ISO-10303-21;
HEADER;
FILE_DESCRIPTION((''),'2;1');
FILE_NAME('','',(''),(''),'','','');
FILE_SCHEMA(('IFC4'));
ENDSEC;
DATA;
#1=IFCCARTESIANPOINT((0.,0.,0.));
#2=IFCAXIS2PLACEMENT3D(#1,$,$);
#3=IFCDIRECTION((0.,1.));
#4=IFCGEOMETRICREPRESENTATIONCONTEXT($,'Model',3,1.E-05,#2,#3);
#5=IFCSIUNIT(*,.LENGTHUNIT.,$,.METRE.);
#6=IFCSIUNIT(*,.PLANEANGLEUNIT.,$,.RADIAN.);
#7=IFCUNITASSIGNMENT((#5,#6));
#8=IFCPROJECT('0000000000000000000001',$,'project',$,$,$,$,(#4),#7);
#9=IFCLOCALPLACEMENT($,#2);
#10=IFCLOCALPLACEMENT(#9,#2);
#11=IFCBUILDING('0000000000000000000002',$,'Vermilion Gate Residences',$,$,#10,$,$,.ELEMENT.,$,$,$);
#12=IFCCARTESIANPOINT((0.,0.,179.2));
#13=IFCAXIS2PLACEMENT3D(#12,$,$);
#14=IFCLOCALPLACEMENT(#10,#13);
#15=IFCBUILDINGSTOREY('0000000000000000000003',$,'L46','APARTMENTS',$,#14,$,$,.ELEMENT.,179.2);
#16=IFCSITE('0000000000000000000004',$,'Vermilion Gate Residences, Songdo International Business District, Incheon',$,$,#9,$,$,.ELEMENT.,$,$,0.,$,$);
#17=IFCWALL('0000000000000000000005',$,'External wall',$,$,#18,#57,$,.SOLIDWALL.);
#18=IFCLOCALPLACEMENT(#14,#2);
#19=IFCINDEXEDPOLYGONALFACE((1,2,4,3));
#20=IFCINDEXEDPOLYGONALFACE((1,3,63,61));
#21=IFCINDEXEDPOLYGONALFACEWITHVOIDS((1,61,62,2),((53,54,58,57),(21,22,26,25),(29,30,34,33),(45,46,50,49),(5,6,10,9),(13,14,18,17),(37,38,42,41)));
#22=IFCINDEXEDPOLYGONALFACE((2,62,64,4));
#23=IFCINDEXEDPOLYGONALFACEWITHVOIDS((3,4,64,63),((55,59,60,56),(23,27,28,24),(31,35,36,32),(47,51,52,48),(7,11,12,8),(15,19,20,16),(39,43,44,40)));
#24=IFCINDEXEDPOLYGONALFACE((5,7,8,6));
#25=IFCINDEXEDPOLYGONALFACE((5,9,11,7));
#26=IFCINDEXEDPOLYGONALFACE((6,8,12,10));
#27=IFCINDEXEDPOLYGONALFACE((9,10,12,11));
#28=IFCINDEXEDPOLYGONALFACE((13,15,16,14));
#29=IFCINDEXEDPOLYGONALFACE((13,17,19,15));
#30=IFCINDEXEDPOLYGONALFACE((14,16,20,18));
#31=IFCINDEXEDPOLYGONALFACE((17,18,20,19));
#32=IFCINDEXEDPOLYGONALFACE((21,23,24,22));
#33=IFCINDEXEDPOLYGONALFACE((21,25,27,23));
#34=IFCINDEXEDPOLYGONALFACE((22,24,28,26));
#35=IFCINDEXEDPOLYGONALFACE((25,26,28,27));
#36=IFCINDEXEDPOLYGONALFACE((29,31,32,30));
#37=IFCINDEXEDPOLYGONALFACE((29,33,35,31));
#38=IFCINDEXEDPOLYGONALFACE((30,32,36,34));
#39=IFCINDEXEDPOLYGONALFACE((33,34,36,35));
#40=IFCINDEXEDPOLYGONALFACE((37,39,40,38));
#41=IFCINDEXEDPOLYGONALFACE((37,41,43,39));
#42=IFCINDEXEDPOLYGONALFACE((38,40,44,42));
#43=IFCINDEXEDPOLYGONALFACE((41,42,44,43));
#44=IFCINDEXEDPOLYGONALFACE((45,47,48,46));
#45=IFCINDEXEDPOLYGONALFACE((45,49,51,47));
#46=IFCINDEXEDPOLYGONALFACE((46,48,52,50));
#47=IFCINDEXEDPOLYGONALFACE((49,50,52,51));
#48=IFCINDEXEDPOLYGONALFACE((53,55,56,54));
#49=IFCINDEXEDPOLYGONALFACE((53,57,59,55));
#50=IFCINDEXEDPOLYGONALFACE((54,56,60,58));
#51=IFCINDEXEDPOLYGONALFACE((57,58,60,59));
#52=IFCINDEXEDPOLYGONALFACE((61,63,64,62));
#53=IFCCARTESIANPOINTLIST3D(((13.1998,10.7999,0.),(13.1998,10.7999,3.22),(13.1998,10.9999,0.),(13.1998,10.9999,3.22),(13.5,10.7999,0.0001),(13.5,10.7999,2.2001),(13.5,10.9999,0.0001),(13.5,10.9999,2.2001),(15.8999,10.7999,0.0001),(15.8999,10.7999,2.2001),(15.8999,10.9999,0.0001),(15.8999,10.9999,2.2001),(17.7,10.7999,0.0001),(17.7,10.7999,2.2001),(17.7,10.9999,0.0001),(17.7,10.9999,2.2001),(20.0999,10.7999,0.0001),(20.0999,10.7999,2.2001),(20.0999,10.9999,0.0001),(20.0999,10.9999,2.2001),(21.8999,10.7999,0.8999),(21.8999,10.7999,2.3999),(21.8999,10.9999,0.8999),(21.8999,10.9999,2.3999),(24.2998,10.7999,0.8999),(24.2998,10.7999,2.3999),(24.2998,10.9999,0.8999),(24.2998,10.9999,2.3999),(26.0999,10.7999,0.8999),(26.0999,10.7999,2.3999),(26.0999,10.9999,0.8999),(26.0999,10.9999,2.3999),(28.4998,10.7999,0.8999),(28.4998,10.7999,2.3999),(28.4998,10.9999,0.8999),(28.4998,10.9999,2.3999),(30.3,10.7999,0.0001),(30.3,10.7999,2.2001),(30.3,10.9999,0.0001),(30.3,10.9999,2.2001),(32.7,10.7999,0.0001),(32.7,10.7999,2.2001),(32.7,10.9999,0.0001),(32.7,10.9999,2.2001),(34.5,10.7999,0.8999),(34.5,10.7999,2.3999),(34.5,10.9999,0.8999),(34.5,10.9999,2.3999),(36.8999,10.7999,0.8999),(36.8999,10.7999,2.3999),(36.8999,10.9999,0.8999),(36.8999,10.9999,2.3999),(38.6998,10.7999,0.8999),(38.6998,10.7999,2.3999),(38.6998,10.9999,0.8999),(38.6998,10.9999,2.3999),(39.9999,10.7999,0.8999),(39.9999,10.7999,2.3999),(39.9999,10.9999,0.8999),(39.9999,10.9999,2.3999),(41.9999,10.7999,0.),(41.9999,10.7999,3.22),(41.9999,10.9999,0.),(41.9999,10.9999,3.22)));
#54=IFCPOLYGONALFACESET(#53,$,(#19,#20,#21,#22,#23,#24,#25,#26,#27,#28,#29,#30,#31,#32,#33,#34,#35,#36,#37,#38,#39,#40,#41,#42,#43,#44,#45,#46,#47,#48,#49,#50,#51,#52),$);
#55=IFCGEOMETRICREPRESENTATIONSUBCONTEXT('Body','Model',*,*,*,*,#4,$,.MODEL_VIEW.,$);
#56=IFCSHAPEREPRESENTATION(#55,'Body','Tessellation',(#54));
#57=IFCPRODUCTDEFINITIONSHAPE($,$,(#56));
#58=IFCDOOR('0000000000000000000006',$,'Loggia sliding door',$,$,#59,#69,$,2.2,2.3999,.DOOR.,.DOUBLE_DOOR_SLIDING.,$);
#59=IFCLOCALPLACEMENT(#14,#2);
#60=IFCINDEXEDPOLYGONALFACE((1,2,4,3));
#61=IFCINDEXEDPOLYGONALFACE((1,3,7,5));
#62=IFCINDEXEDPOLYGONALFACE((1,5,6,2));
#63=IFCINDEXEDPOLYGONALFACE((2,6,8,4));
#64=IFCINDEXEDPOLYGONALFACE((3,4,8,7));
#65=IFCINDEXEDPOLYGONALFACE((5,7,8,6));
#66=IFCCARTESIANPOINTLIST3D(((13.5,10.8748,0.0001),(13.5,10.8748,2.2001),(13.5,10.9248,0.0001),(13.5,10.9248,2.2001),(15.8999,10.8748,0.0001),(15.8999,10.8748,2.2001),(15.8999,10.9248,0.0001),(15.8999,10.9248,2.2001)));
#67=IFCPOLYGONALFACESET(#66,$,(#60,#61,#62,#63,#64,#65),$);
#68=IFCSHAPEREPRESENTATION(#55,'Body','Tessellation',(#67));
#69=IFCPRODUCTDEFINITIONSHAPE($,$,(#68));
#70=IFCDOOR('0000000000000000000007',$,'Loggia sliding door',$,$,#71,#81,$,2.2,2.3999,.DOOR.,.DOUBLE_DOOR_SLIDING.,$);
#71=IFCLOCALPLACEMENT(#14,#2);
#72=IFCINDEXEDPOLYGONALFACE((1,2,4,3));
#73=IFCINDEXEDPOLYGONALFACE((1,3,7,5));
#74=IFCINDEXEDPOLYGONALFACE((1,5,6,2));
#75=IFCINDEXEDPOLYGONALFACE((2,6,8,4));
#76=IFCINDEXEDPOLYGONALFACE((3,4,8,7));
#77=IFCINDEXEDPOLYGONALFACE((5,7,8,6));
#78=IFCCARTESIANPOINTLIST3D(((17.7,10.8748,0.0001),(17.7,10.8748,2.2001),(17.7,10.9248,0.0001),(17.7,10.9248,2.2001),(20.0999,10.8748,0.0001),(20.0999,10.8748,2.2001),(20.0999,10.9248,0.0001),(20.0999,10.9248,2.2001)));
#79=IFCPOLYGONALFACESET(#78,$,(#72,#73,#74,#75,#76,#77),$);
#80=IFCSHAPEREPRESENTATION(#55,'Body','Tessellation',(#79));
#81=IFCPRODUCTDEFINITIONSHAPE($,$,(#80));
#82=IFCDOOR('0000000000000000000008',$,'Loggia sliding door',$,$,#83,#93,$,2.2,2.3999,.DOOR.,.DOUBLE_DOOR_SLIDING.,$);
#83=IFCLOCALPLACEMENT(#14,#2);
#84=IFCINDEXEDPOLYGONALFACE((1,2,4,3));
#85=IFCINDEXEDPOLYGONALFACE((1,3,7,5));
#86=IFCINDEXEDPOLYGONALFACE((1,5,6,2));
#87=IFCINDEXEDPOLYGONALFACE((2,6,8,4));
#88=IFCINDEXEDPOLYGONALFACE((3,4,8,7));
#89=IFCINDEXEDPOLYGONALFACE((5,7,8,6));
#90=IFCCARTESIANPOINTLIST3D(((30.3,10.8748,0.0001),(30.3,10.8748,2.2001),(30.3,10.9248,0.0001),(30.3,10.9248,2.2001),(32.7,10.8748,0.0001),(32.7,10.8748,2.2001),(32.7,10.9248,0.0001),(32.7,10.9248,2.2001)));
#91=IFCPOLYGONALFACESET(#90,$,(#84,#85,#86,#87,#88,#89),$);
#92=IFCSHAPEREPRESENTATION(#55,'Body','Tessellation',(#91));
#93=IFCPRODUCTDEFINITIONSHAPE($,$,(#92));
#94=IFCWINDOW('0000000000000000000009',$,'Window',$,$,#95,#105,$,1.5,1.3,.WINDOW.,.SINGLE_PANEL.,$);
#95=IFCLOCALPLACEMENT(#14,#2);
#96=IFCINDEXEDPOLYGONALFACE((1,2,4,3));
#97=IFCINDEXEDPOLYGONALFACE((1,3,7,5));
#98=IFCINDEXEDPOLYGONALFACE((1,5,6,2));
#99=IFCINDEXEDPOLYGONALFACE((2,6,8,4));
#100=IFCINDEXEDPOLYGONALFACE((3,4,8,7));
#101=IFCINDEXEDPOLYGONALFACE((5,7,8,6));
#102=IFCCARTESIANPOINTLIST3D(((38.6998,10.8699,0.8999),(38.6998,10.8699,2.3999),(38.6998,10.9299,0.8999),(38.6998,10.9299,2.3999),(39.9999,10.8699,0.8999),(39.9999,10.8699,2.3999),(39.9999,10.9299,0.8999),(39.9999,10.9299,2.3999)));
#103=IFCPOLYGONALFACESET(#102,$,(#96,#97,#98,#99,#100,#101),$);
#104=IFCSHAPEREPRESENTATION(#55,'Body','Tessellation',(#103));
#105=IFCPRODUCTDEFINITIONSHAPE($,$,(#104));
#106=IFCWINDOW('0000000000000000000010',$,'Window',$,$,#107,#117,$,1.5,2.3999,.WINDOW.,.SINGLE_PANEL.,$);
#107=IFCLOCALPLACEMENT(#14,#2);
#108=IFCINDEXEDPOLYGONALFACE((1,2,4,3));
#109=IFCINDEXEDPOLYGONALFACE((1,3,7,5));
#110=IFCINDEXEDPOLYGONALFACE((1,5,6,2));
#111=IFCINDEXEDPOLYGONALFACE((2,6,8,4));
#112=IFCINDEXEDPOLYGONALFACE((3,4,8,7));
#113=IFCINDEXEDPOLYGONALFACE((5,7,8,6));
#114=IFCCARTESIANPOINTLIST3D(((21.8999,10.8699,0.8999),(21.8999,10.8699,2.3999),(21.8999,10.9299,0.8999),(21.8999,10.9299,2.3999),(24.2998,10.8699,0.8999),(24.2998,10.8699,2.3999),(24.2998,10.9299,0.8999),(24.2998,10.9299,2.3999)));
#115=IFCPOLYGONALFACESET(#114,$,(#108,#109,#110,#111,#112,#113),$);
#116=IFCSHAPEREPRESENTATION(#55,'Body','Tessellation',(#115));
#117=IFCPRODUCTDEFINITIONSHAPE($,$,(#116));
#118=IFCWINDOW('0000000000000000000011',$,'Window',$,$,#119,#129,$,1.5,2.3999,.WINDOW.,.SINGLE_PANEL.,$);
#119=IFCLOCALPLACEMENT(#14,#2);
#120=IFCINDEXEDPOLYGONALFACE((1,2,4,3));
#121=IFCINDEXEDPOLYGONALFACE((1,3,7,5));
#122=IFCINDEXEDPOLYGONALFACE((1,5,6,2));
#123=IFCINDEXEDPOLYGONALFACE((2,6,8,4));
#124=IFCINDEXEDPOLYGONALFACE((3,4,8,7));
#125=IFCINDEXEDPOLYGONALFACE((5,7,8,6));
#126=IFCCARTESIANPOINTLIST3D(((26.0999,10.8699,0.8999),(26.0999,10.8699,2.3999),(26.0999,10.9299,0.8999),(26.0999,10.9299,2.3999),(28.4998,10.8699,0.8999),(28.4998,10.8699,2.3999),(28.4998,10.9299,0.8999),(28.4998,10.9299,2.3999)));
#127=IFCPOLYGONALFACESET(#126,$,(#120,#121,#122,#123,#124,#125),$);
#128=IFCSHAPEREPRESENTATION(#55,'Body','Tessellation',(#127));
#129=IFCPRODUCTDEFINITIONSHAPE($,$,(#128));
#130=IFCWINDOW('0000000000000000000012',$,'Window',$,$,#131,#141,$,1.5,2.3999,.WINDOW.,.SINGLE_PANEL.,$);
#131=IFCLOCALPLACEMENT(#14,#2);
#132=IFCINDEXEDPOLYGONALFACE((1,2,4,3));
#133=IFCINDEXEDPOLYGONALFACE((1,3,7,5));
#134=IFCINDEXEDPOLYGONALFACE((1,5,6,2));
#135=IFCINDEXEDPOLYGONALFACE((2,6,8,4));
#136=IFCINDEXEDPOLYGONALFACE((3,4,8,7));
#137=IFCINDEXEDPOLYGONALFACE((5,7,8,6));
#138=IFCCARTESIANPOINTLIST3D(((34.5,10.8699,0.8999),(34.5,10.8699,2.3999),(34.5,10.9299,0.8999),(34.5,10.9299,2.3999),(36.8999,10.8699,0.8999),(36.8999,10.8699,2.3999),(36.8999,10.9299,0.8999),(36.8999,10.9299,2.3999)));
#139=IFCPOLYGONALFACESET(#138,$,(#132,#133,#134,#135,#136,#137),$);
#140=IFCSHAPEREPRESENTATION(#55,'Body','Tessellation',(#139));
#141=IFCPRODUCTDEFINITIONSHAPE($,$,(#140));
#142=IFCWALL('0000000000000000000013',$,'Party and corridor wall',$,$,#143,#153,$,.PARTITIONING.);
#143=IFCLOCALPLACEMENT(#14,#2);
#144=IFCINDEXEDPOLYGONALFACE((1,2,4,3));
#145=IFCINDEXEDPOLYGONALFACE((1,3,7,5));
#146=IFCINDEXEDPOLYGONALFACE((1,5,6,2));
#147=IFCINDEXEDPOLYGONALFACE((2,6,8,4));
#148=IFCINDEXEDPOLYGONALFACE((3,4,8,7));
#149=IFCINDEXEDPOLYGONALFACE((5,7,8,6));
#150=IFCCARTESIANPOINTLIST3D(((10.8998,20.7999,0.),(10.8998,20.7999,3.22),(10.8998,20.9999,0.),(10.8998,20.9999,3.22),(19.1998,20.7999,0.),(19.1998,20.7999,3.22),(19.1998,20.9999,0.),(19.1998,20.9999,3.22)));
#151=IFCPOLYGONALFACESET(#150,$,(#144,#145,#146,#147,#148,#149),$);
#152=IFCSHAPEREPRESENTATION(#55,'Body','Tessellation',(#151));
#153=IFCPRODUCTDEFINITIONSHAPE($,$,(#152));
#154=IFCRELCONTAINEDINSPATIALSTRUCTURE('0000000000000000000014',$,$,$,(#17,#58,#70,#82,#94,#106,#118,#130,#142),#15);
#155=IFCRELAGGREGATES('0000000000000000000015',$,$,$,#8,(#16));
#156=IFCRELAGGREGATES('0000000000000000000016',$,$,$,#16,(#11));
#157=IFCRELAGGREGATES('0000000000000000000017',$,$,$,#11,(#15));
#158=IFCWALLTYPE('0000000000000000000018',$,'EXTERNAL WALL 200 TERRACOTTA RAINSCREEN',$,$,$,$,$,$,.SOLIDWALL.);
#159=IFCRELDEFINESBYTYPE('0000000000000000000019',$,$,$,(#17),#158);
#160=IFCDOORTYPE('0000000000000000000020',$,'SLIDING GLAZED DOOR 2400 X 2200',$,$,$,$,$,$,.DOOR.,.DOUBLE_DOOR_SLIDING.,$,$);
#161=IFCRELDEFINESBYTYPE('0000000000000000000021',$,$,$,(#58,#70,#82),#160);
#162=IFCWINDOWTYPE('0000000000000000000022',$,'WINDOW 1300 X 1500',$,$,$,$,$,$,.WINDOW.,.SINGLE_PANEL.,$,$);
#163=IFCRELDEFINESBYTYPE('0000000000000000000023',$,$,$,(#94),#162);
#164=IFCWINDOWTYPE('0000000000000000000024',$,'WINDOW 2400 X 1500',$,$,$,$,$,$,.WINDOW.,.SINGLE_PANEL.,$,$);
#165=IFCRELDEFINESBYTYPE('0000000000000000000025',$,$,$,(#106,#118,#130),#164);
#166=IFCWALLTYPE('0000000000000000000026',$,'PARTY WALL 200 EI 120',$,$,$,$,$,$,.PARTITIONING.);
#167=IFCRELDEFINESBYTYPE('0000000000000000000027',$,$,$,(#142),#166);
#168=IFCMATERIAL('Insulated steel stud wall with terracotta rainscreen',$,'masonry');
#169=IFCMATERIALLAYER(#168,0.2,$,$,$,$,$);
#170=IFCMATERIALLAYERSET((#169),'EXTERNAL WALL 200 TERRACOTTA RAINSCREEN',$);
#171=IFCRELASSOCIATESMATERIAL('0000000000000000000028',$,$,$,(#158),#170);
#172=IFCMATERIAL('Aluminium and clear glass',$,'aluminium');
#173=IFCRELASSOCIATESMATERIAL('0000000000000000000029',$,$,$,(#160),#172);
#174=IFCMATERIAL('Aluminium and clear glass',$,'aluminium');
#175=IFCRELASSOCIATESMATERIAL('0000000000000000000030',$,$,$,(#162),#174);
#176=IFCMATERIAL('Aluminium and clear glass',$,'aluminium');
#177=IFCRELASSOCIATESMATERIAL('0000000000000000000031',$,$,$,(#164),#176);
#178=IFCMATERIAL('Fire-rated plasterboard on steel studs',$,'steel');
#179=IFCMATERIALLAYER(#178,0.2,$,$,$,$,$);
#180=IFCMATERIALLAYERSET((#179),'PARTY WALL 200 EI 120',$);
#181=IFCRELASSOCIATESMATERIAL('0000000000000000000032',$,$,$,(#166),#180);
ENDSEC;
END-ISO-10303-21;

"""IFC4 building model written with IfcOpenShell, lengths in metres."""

from ifc_helpers import new_model, si_unit, direction, frame, frame_2d, origin, place, context, subcontext, project, spatial, rectangle, extrude, material, layer, layer_set, type_object, element, fill, save


model = new_model("IFC4")

# Units and contexts
model_context = context("Model", 3, precision=1e-05, world=origin(), true_north=direction((0.0, 1.0)))
body_context = subcontext(model_context, "Body", "Model", "MODEL_VIEW")
ifc_project = project(units=[si_unit("LENGTHUNIT", "METRE"), si_unit("PLANEANGLEUNIT", "RADIAN")], contexts=[model_context])

# Site, building, storey
site_placement = place(None, origin())
site = spatial("IfcSite", under=ifc_project, at=site_placement, Name="Vermilion Gate Residences, Songdo International Business District, Incheon", CompositionType="ELEMENT", RefElevation=0.0)
building_placement = place(site_placement, origin())
building = spatial("IfcBuilding", under=site, at=building_placement, Name="Vermilion Gate Residences", CompositionType="ELEMENT")
storey_placement = place(building_placement, frame((0.0, 0.0, 179.2)))
storey = spatial("IfcBuildingStorey", under=building, at=storey_placement, Name="L46", Description="APARTMENTS", CompositionType="ELEMENT", Elevation=179.2)

# Shared definitions
ifc_material_1 = material(Name="Insulated steel stud wall with terracotta rainscreen", Category="masonry")
ifc_layer_1 = layer(ifc_material_1, 0.2)
ifc_layer_set_1 = layer_set([ifc_layer_1], Name="EXTERNAL WALL 200 TERRACOTTA RAINSCREEN")
wall_type_1 = type_object("IfcWallType", Name="EXTERNAL WALL 200 TERRACOTTA RAINSCREEN", PredefinedType="SOLIDWALL", material=ifc_layer_set_1)

# Wall, openings, doors, windows
wall_1_placement = place(storey_placement, frame((13.2, 10.8999, 0.0), z_axis=(0.0, 0.0, 1.0), x_axis=(1.0, 0.0, 0.0)))
wall_1 = element("IfcWall", 1, at=wall_1_placement, inside=storey, type_object=wall_type_1, Name="External wall", PredefinedType="SOLIDWALL", context=body_context, shape_type="SweptSolid", body=[
    extrude(rectangle(XDim=28.8, YDim=0.2, at=frame_2d((14.3999, 0.0))), origin(), (0.0, 0.0, 1.0), 3.22),
])
opening_1_placement = place(wall_1_placement, frame((0.3, 0.0, 0.0)))
opening_1 = element("IfcOpeningElement", 2, at=opening_1_placement, cuts=wall_1, PredefinedType="OPENING", context=body_context, shape_type="SweptSolid", body=[
    extrude(rectangle(XDim=2.3999, YDim=2.2, at=frame_2d((1.2, 1.1001))), frame((0.0, 0.1099, 0.0), z_axis=(0.0, -1.0, 0.0), x_axis=(1.0, 0.0, 0.0)), (0.0, 0.0, 1.0), 0.22),
])
opening_2_placement = place(wall_1_placement, frame((4.5, 0.0, 0.0)))
opening_2 = element("IfcOpeningElement", 3, at=opening_2_placement, cuts=wall_1, PredefinedType="OPENING", context=body_context, shape_type="SweptSolid", body=[
    extrude(rectangle(XDim=2.3999, YDim=2.2, at=frame_2d((1.2, 1.1001))), frame((0.0, 0.1099, 0.0), z_axis=(0.0, -1.0, 0.0), x_axis=(1.0, 0.0, 0.0)), (0.0, 0.0, 1.0), 0.22),
])
opening_3_placement = place(wall_1_placement, frame((8.7, 0.0, 0.8999)))
opening_3 = element("IfcOpeningElement", 4, at=opening_3_placement, cuts=wall_1, PredefinedType="OPENING", context=body_context, shape_type="SweptSolid", body=[
    extrude(rectangle(XDim=2.3999, YDim=1.5, at=frame_2d((1.2, 0.75))), frame((0.0, 0.1099, 0.0), z_axis=(0.0, -1.0, 0.0), x_axis=(1.0, 0.0, 0.0)), (0.0, 0.0, 1.0), 0.22),
])
opening_4_placement = place(wall_1_placement, frame((12.8999, 0.0, 0.8999)))
opening_4 = element("IfcOpeningElement", 5, at=opening_4_placement, cuts=wall_1, PredefinedType="OPENING", context=body_context, shape_type="SweptSolid", body=[
    extrude(rectangle(XDim=2.3999, YDim=1.5, at=frame_2d((1.2, 0.75))), frame((0.0, 0.1099, 0.0), z_axis=(0.0, -1.0, 0.0), x_axis=(1.0, 0.0, 0.0)), (0.0, 0.0, 1.0), 0.22),
])
opening_5_placement = place(wall_1_placement, frame((17.1001, 0.0, 0.0)))
opening_5 = element("IfcOpeningElement", 6, at=opening_5_placement, cuts=wall_1, PredefinedType="OPENING", context=body_context, shape_type="SweptSolid", body=[
    extrude(rectangle(XDim=2.3999, YDim=2.2, at=frame_2d((1.2, 1.1001))), frame((0.0, 0.1099, 0.0), z_axis=(0.0, -1.0, 0.0), x_axis=(1.0, 0.0, 0.0)), (0.0, 0.0, 1.0), 0.22),
])
opening_6_placement = place(wall_1_placement, frame((21.3, 0.0, 0.8999)))
opening_6 = element("IfcOpeningElement", 7, at=opening_6_placement, cuts=wall_1, PredefinedType="OPENING", context=body_context, shape_type="SweptSolid", body=[
    extrude(rectangle(XDim=2.3999, YDim=1.5, at=frame_2d((1.2, 0.75))), frame((0.0, 0.1099, 0.0), z_axis=(0.0, -1.0, 0.0), x_axis=(1.0, 0.0, 0.0)), (0.0, 0.0, 1.0), 0.22),
])
opening_7_placement = place(wall_1_placement, frame((25.5, 0.0, 0.8999)))
opening_7 = element("IfcOpeningElement", 8, at=opening_7_placement, cuts=wall_1, PredefinedType="OPENING", context=body_context, shape_type="SweptSolid", body=[
    extrude(rectangle(XDim=1.3, YDim=1.5, at=frame_2d((0.6499, 0.75))), frame((0.0, 0.1099, 0.0), z_axis=(0.0, -1.0, 0.0), x_axis=(1.0, 0.0, 0.0)), (0.0, 0.0, 1.0), 0.22),
])
ifc_material_2 = material(Name="Aluminium and clear glass", Category="aluminium")
door_type = type_object("IfcDoorType", Name="SLIDING GLAZED DOOR 2400 X 2200", OperationType="DOUBLE_DOOR_SLIDING", PredefinedType="DOOR", material=ifc_material_2)
door_1_placement = place(opening_1_placement, origin())
door_1 = element("IfcDoor", 9, at=door_1_placement, inside=storey, type_object=door_type, Name="Loggia sliding door", OperationType="DOUBLE_DOOR_SLIDING", OverallHeight=2.2, OverallWidth=2.3999, PredefinedType="DOOR", context=body_context, shape_type="SweptSolid", body=[
    extrude(rectangle(XDim=2.3999, YDim=2.2, at=frame_2d((1.2, 1.1001))), frame((0.0, 0.0249, 0.0), z_axis=(0.0, -1.0, 0.0), x_axis=(1.0, 0.0, 0.0)), (0.0, 0.0, 1.0), 0.05),
])
fill(opening_1, door_1)
door_2_placement = place(opening_2_placement, origin())
door_2 = element("IfcDoor", 10, at=door_2_placement, inside=storey, type_object=door_type, Name="Loggia sliding door", OperationType="DOUBLE_DOOR_SLIDING", OverallHeight=2.2, OverallWidth=2.3999, PredefinedType="DOOR", context=body_context, shape_type="SweptSolid", body=[
    extrude(rectangle(XDim=2.3999, YDim=2.2, at=frame_2d((1.2, 1.1001))), frame((0.0, 0.0249, 0.0), z_axis=(0.0, -1.0, 0.0), x_axis=(1.0, 0.0, 0.0)), (0.0, 0.0, 1.0), 0.05),
])
fill(opening_2, door_2)
door_3_placement = place(opening_5_placement, origin())
door_3 = element("IfcDoor", 11, at=door_3_placement, inside=storey, type_object=door_type, Name="Loggia sliding door", OperationType="DOUBLE_DOOR_SLIDING", OverallHeight=2.2, OverallWidth=2.3999, PredefinedType="DOOR", context=body_context, shape_type="SweptSolid", body=[
    extrude(rectangle(XDim=2.3999, YDim=2.2, at=frame_2d((1.2, 1.1001))), frame((0.0, 0.0249, 0.0), z_axis=(0.0, -1.0, 0.0), x_axis=(1.0, 0.0, 0.0)), (0.0, 0.0, 1.0), 0.05),
])
fill(opening_5, door_3)
ifc_material_3 = material(Name="Aluminium and clear glass", Category="aluminium")
window_type_1 = type_object("IfcWindowType", Name="WINDOW 1300 X 1500", PartitioningType="SINGLE_PANEL", PredefinedType="WINDOW", material=ifc_material_3)
window_1_placement = place(opening_7_placement, origin())
window_1 = element("IfcWindow", 12, at=window_1_placement, inside=storey, type_object=window_type_1, Name="Window", OverallHeight=1.5, OverallWidth=1.3, PartitioningType="SINGLE_PANEL", PredefinedType="WINDOW", context=body_context, shape_type="SweptSolid", body=[
    extrude(rectangle(XDim=1.3, YDim=1.5, at=frame_2d((0.6499, 0.75))), frame((0.0, 0.03, 0.0), z_axis=(0.0, -1.0, 0.0), x_axis=(1.0, 0.0, 0.0)), (0.0, 0.0, 1.0), 0.0601),
])
fill(opening_7, window_1)
ifc_material_4 = material(Name="Aluminium and clear glass", Category="aluminium")
window_type_2 = type_object("IfcWindowType", Name="WINDOW 2400 X 1500", PartitioningType="SINGLE_PANEL", PredefinedType="WINDOW", material=ifc_material_4)
window_2_placement = place(opening_3_placement, origin())
window_2 = element("IfcWindow", 13, at=window_2_placement, inside=storey, type_object=window_type_2, Name="Window", OverallHeight=1.5, OverallWidth=2.3999, PartitioningType="SINGLE_PANEL", PredefinedType="WINDOW", context=body_context, shape_type="SweptSolid", body=[
    extrude(rectangle(XDim=2.3999, YDim=1.5, at=frame_2d((1.2, 0.75))), frame((0.0, 0.03, 0.0), z_axis=(0.0, -1.0, 0.0), x_axis=(1.0, 0.0, 0.0)), (0.0, 0.0, 1.0), 0.0601),
])
fill(opening_3, window_2)
window_3_placement = place(opening_4_placement, origin())
window_3 = element("IfcWindow", 14, at=window_3_placement, inside=storey, type_object=window_type_2, Name="Window", OverallHeight=1.5, OverallWidth=2.3999, PartitioningType="SINGLE_PANEL", PredefinedType="WINDOW", context=body_context, shape_type="SweptSolid", body=[
    extrude(rectangle(XDim=2.3999, YDim=1.5, at=frame_2d((1.2, 0.75))), frame((0.0, 0.03, 0.0), z_axis=(0.0, -1.0, 0.0), x_axis=(1.0, 0.0, 0.0)), (0.0, 0.0, 1.0), 0.0601),
])
fill(opening_4, window_3)
window_4_placement = place(opening_6_placement, origin())
window_4 = element("IfcWindow", 15, at=window_4_placement, inside=storey, type_object=window_type_2, Name="Window", OverallHeight=1.5, OverallWidth=2.3999, PartitioningType="SINGLE_PANEL", PredefinedType="WINDOW", context=body_context, shape_type="SweptSolid", body=[
    extrude(rectangle(XDim=2.3999, YDim=1.5, at=frame_2d((1.2, 0.75))), frame((0.0, 0.03, 0.0), z_axis=(0.0, -1.0, 0.0), x_axis=(1.0, 0.0, 0.0)), (0.0, 0.0, 1.0), 0.0601),
])
fill(opening_6, window_4)

# Wall
ifc_material_5 = material(Name="Fire-rated plasterboard on steel studs", Category="steel")
ifc_layer_2 = layer(ifc_material_5, 0.2)
ifc_layer_set_2 = layer_set([ifc_layer_2], Name="PARTY WALL 200 EI 120")
wall_type_2 = type_object("IfcWallType", Name="PARTY WALL 200 EI 120", PredefinedType="PARTITIONING", material=ifc_layer_set_2)
wall_2_placement = place(storey_placement, frame((10.8999, 20.8999, 0.0), z_axis=(0.0, 0.0, 1.0), x_axis=(1.0, 0.0, 0.0)))
element("IfcWall", 16, at=wall_2_placement, inside=storey, type_object=wall_type_2, Name="Party and corridor wall", PredefinedType="PARTITIONING", context=body_context, shape_type="SweptSolid", body=[
    extrude(rectangle(XDim=8.3, YDim=0.2, at=frame_2d((4.1499, 0.0))), origin(), (0.0, 0.0, 1.0), 3.22),
])

save(model, "model.ifc")
